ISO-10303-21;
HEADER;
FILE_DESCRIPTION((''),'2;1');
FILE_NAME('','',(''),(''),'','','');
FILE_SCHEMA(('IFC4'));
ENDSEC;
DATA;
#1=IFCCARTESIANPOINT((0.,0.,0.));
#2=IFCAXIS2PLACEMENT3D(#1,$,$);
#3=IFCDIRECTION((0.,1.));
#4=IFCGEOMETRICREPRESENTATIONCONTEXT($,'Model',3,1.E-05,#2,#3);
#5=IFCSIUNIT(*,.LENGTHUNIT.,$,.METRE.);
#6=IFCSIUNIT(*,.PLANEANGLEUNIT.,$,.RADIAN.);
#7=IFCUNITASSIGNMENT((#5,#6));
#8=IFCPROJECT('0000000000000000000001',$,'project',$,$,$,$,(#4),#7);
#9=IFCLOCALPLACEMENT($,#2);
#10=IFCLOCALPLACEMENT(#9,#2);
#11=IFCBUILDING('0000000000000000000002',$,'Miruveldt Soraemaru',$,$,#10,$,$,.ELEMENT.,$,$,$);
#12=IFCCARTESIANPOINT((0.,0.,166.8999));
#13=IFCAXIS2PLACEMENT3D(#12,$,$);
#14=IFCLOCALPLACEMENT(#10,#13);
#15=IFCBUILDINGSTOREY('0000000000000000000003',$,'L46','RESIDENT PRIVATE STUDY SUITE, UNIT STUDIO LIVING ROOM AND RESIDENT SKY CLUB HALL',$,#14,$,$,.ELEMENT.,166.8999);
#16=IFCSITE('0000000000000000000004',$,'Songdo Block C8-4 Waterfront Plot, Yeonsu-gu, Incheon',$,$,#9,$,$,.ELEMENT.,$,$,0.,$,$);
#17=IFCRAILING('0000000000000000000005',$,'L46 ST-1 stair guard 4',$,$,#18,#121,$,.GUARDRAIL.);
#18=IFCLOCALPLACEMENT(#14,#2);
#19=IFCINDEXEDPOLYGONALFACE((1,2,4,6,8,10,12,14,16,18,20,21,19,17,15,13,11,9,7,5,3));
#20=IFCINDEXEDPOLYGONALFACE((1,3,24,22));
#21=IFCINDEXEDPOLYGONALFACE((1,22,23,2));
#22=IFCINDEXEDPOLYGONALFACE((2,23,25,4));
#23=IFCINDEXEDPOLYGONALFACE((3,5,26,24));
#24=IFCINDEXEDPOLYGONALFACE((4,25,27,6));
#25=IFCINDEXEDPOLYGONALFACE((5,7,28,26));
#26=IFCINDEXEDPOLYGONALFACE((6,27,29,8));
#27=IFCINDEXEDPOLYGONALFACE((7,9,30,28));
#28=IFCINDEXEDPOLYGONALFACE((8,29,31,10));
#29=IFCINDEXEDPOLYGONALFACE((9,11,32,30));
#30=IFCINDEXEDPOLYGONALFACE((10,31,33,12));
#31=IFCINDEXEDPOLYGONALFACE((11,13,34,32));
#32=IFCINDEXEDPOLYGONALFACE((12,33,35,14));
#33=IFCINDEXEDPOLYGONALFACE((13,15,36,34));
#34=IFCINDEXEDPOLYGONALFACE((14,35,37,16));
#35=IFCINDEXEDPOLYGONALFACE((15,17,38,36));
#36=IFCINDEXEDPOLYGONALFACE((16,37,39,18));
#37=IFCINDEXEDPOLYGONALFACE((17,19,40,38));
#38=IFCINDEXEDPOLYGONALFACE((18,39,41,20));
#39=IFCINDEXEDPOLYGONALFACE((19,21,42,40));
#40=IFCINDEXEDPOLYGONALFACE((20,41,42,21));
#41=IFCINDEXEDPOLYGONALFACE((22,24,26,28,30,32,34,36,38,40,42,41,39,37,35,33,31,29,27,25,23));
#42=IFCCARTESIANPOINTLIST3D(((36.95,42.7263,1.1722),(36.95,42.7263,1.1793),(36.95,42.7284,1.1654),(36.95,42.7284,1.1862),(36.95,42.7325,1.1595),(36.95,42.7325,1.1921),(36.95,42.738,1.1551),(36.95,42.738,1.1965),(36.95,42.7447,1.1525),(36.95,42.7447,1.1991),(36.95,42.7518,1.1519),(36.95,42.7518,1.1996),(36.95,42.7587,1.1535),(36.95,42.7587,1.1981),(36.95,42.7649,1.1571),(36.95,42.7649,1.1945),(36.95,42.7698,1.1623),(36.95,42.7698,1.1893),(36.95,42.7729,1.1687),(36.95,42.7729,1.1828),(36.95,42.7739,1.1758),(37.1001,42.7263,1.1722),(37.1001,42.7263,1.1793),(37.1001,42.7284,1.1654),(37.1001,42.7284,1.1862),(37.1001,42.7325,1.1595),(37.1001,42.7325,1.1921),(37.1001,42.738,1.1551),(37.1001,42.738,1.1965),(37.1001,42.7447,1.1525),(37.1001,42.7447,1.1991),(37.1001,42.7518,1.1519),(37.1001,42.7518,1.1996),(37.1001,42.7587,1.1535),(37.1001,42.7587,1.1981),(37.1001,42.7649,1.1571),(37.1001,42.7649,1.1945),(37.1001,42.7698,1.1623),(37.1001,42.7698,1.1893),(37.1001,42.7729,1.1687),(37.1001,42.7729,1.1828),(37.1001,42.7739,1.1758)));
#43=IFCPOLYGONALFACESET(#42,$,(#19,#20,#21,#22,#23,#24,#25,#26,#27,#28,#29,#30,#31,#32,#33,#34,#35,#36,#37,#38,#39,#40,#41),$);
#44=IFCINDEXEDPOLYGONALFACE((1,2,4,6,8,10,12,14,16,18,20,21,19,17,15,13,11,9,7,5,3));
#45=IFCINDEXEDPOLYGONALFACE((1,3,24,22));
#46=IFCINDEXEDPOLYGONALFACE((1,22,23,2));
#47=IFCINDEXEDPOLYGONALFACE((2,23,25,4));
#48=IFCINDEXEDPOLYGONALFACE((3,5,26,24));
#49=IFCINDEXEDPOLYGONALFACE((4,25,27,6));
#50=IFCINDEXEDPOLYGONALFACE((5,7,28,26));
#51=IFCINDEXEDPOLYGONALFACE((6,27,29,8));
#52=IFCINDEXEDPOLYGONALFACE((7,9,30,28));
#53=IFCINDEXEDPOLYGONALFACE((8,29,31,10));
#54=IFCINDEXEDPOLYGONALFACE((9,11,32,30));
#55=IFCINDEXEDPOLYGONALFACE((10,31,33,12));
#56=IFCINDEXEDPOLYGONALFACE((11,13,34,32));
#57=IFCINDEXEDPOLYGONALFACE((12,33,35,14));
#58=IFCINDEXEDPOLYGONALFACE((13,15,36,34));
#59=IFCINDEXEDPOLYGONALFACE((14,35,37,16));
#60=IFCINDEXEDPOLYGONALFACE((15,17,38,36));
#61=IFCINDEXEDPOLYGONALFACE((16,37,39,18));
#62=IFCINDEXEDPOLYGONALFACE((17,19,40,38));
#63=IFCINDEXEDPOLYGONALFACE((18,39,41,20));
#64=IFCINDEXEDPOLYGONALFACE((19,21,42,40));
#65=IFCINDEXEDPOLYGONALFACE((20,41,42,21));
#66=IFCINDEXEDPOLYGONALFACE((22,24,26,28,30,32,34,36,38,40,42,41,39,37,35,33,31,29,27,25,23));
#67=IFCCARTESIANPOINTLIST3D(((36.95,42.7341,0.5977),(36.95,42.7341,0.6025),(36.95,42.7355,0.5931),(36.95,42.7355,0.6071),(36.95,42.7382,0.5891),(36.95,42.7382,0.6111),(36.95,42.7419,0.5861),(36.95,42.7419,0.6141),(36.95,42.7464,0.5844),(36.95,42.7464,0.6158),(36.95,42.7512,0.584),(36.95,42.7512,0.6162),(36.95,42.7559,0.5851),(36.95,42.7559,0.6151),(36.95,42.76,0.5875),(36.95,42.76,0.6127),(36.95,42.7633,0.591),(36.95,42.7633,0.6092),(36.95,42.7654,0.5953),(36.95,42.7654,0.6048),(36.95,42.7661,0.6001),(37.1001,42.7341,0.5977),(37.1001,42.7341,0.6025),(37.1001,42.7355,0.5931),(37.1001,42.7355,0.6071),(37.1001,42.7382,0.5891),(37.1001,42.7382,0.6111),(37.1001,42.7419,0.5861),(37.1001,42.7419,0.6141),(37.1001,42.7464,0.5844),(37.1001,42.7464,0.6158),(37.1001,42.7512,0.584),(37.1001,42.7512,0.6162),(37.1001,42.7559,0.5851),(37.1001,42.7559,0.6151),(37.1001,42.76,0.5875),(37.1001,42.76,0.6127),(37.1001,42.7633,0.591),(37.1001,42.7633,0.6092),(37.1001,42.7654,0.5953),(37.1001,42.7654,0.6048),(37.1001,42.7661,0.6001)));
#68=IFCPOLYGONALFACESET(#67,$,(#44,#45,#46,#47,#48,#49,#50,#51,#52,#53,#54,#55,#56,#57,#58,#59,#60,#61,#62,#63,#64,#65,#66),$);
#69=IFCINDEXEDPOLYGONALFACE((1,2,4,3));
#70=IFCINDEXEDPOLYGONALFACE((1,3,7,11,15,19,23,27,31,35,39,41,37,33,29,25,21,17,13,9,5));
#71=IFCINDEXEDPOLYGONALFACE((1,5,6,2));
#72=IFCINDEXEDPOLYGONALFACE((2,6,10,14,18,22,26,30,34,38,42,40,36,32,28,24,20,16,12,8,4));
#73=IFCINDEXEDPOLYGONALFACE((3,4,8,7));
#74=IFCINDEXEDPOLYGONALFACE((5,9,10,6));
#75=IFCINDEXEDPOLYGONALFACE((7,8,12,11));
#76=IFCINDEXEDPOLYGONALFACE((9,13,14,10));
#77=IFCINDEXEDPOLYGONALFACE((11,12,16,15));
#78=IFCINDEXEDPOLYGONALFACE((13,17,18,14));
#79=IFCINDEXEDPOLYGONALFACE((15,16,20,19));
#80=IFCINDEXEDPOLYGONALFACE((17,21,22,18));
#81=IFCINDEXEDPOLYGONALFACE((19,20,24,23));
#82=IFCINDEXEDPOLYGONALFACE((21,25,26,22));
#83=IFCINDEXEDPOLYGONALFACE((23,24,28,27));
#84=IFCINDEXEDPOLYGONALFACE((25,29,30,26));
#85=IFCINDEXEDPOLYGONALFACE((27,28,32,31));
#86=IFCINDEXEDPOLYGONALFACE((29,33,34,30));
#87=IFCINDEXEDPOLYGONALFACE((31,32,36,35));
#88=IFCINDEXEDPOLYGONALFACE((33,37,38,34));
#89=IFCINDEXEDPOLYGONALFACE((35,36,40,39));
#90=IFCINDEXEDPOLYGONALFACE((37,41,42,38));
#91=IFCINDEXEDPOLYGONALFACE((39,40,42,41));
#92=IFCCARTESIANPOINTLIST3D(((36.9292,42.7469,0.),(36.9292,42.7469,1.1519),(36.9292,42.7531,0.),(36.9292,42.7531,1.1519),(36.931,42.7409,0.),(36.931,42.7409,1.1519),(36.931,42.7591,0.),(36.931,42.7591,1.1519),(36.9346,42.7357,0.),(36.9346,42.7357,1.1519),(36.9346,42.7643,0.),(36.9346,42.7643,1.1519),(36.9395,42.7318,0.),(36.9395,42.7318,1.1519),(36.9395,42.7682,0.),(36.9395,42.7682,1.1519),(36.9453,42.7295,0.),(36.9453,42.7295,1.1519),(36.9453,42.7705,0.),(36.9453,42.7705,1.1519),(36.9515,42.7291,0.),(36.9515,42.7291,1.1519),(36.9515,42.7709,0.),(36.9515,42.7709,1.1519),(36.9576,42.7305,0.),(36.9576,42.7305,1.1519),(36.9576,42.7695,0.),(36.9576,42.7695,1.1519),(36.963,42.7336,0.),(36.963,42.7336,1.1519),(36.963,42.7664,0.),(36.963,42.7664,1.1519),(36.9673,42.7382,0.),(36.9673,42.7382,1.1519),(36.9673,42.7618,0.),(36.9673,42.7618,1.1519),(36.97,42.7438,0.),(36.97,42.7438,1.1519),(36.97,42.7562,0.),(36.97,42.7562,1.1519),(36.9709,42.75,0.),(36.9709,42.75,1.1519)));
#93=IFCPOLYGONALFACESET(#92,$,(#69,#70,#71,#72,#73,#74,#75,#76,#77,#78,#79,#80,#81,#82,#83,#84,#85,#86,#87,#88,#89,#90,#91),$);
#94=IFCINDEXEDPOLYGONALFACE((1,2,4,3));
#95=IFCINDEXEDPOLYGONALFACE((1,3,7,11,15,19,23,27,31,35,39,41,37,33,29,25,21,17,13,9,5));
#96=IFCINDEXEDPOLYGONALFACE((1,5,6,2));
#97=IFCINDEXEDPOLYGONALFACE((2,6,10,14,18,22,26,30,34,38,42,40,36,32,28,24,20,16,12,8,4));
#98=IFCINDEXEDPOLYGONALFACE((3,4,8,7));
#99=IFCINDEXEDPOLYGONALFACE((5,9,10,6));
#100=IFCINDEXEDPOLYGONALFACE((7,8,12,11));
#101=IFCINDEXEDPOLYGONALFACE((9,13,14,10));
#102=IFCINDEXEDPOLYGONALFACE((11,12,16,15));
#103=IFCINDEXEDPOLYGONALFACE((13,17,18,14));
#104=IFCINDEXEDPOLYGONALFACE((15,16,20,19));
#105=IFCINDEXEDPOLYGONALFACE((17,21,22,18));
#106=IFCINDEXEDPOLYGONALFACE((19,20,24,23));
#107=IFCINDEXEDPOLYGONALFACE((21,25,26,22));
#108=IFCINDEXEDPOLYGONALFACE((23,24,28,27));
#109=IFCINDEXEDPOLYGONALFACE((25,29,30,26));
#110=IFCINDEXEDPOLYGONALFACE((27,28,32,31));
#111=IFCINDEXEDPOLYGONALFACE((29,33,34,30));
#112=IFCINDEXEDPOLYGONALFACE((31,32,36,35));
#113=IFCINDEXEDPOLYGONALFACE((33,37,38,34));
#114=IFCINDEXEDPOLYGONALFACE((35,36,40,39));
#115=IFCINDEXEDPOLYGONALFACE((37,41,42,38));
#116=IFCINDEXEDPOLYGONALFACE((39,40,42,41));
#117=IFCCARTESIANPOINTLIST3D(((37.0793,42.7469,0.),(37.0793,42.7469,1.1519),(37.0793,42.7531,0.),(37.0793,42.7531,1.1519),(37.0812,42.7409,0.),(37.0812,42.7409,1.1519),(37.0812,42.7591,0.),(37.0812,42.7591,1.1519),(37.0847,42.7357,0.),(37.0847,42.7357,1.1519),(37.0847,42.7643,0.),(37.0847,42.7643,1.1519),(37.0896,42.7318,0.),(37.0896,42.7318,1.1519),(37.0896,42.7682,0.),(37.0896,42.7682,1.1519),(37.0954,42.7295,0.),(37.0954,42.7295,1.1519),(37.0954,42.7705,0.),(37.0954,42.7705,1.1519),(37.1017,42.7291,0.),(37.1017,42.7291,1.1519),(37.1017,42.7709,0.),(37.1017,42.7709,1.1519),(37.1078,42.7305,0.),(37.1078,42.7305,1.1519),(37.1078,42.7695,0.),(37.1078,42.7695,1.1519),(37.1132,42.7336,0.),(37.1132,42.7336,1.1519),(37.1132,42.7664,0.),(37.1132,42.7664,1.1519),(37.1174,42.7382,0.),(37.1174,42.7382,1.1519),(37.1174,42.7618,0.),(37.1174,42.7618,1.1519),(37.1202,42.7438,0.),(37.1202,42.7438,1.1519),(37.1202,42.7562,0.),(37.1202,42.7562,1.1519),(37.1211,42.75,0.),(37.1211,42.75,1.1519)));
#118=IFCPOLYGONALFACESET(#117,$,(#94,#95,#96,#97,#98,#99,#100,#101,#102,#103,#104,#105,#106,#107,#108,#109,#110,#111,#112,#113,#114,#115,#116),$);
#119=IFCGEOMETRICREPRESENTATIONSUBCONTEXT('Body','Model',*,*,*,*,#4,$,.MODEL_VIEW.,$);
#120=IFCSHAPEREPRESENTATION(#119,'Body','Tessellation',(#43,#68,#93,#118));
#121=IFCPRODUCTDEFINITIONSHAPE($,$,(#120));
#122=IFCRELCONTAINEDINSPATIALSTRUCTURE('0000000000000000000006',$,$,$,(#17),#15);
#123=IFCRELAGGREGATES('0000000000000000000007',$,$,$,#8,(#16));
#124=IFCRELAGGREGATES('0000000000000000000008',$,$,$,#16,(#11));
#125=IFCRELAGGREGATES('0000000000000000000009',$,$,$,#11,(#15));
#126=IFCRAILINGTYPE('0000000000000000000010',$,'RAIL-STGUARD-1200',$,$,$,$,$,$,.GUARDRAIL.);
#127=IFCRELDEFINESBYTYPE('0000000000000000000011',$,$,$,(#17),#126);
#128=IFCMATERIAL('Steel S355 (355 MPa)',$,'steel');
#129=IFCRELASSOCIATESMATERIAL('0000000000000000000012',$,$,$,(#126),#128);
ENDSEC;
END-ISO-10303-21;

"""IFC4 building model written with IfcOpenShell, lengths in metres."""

from ifc_helpers import new_model, si_unit, direction, frame, origin, origin_2d, place, context, subcontext, project, spatial, circle, extrude, material, type_object, element, save


model = new_model("IFC4")

# Units and contexts
model_context = context("Model", 3, precision=1e-05, world=origin(), true_north=direction((0.0, 1.0)))
body_context = subcontext(model_context, "Body", "Model", "MODEL_VIEW")
ifc_project = project(units=[si_unit("LENGTHUNIT", "METRE"), si_unit("PLANEANGLEUNIT", "RADIAN")], contexts=[model_context])

# Site, building, storey
site_placement = place(None, origin())
site = spatial("IfcSite", under=ifc_project, at=site_placement, Name="Songdo Block C8-4 Waterfront Plot, Yeonsu-gu, Incheon", CompositionType="ELEMENT", RefElevation=0.0)
building_placement = place(site_placement, origin())
building = spatial("IfcBuilding", under=site, at=building_placement, Name="Miruveldt Soraemaru", CompositionType="ELEMENT")
storey_placement = place(building_placement, frame((0.0, 0.0, 166.8999)))
storey = spatial("IfcBuildingStorey", under=building, at=storey_placement, Name="L46", Description="RESIDENT PRIVATE STUDY SUITE, UNIT STUDIO LIVING ROOM AND RESIDENT SKY CLUB HALL", CompositionType="ELEMENT", Elevation=166.8999)

# Railing
ifc_material_1 = material(Name="Steel S355 (355 MPa)", Category="steel")
railing_type = type_object("IfcRailingType", Name="RAIL-STGUARD-1200", PredefinedType="GUARDRAIL", material=ifc_material_1)
railing_placement = place(storey_placement, frame((36.95, 42.75, 0.0)))
element("IfcRailing", 1, at=railing_placement, inside=storey, type_object=railing_type, Name="L46 ST-1 stair guard 4", PredefinedType="GUARDRAIL", context=body_context, shape_type="SweptSolid", body=[
    extrude(circle(Radius=0.0239, at=origin_2d()), frame((0.0, 0.0, 1.1758), z_axis=(1.0, 0.0, 0.0), x_axis=(0.0, 1.0, 0.0)), (0.0, 0.0, 1.0), 0.1501),
    extrude(circle(Radius=0.0161, at=origin_2d()), frame((0.0, 0.0, 0.6001), z_axis=(1.0, 0.0, 0.0), x_axis=(0.0, 1.0, 0.0)), (0.0, 0.0, 1.0), 0.1501),
    extrude(circle(Radius=0.021, at=origin_2d()), origin(), (0.0, 0.0, 1.0), 1.1519),
    extrude(circle(Radius=0.021, at=origin_2d()), frame((0.1501, 0.0, 0.0)), (0.0, 0.0, 1.0), 1.1519),
])

save(model, "model.ifc")
